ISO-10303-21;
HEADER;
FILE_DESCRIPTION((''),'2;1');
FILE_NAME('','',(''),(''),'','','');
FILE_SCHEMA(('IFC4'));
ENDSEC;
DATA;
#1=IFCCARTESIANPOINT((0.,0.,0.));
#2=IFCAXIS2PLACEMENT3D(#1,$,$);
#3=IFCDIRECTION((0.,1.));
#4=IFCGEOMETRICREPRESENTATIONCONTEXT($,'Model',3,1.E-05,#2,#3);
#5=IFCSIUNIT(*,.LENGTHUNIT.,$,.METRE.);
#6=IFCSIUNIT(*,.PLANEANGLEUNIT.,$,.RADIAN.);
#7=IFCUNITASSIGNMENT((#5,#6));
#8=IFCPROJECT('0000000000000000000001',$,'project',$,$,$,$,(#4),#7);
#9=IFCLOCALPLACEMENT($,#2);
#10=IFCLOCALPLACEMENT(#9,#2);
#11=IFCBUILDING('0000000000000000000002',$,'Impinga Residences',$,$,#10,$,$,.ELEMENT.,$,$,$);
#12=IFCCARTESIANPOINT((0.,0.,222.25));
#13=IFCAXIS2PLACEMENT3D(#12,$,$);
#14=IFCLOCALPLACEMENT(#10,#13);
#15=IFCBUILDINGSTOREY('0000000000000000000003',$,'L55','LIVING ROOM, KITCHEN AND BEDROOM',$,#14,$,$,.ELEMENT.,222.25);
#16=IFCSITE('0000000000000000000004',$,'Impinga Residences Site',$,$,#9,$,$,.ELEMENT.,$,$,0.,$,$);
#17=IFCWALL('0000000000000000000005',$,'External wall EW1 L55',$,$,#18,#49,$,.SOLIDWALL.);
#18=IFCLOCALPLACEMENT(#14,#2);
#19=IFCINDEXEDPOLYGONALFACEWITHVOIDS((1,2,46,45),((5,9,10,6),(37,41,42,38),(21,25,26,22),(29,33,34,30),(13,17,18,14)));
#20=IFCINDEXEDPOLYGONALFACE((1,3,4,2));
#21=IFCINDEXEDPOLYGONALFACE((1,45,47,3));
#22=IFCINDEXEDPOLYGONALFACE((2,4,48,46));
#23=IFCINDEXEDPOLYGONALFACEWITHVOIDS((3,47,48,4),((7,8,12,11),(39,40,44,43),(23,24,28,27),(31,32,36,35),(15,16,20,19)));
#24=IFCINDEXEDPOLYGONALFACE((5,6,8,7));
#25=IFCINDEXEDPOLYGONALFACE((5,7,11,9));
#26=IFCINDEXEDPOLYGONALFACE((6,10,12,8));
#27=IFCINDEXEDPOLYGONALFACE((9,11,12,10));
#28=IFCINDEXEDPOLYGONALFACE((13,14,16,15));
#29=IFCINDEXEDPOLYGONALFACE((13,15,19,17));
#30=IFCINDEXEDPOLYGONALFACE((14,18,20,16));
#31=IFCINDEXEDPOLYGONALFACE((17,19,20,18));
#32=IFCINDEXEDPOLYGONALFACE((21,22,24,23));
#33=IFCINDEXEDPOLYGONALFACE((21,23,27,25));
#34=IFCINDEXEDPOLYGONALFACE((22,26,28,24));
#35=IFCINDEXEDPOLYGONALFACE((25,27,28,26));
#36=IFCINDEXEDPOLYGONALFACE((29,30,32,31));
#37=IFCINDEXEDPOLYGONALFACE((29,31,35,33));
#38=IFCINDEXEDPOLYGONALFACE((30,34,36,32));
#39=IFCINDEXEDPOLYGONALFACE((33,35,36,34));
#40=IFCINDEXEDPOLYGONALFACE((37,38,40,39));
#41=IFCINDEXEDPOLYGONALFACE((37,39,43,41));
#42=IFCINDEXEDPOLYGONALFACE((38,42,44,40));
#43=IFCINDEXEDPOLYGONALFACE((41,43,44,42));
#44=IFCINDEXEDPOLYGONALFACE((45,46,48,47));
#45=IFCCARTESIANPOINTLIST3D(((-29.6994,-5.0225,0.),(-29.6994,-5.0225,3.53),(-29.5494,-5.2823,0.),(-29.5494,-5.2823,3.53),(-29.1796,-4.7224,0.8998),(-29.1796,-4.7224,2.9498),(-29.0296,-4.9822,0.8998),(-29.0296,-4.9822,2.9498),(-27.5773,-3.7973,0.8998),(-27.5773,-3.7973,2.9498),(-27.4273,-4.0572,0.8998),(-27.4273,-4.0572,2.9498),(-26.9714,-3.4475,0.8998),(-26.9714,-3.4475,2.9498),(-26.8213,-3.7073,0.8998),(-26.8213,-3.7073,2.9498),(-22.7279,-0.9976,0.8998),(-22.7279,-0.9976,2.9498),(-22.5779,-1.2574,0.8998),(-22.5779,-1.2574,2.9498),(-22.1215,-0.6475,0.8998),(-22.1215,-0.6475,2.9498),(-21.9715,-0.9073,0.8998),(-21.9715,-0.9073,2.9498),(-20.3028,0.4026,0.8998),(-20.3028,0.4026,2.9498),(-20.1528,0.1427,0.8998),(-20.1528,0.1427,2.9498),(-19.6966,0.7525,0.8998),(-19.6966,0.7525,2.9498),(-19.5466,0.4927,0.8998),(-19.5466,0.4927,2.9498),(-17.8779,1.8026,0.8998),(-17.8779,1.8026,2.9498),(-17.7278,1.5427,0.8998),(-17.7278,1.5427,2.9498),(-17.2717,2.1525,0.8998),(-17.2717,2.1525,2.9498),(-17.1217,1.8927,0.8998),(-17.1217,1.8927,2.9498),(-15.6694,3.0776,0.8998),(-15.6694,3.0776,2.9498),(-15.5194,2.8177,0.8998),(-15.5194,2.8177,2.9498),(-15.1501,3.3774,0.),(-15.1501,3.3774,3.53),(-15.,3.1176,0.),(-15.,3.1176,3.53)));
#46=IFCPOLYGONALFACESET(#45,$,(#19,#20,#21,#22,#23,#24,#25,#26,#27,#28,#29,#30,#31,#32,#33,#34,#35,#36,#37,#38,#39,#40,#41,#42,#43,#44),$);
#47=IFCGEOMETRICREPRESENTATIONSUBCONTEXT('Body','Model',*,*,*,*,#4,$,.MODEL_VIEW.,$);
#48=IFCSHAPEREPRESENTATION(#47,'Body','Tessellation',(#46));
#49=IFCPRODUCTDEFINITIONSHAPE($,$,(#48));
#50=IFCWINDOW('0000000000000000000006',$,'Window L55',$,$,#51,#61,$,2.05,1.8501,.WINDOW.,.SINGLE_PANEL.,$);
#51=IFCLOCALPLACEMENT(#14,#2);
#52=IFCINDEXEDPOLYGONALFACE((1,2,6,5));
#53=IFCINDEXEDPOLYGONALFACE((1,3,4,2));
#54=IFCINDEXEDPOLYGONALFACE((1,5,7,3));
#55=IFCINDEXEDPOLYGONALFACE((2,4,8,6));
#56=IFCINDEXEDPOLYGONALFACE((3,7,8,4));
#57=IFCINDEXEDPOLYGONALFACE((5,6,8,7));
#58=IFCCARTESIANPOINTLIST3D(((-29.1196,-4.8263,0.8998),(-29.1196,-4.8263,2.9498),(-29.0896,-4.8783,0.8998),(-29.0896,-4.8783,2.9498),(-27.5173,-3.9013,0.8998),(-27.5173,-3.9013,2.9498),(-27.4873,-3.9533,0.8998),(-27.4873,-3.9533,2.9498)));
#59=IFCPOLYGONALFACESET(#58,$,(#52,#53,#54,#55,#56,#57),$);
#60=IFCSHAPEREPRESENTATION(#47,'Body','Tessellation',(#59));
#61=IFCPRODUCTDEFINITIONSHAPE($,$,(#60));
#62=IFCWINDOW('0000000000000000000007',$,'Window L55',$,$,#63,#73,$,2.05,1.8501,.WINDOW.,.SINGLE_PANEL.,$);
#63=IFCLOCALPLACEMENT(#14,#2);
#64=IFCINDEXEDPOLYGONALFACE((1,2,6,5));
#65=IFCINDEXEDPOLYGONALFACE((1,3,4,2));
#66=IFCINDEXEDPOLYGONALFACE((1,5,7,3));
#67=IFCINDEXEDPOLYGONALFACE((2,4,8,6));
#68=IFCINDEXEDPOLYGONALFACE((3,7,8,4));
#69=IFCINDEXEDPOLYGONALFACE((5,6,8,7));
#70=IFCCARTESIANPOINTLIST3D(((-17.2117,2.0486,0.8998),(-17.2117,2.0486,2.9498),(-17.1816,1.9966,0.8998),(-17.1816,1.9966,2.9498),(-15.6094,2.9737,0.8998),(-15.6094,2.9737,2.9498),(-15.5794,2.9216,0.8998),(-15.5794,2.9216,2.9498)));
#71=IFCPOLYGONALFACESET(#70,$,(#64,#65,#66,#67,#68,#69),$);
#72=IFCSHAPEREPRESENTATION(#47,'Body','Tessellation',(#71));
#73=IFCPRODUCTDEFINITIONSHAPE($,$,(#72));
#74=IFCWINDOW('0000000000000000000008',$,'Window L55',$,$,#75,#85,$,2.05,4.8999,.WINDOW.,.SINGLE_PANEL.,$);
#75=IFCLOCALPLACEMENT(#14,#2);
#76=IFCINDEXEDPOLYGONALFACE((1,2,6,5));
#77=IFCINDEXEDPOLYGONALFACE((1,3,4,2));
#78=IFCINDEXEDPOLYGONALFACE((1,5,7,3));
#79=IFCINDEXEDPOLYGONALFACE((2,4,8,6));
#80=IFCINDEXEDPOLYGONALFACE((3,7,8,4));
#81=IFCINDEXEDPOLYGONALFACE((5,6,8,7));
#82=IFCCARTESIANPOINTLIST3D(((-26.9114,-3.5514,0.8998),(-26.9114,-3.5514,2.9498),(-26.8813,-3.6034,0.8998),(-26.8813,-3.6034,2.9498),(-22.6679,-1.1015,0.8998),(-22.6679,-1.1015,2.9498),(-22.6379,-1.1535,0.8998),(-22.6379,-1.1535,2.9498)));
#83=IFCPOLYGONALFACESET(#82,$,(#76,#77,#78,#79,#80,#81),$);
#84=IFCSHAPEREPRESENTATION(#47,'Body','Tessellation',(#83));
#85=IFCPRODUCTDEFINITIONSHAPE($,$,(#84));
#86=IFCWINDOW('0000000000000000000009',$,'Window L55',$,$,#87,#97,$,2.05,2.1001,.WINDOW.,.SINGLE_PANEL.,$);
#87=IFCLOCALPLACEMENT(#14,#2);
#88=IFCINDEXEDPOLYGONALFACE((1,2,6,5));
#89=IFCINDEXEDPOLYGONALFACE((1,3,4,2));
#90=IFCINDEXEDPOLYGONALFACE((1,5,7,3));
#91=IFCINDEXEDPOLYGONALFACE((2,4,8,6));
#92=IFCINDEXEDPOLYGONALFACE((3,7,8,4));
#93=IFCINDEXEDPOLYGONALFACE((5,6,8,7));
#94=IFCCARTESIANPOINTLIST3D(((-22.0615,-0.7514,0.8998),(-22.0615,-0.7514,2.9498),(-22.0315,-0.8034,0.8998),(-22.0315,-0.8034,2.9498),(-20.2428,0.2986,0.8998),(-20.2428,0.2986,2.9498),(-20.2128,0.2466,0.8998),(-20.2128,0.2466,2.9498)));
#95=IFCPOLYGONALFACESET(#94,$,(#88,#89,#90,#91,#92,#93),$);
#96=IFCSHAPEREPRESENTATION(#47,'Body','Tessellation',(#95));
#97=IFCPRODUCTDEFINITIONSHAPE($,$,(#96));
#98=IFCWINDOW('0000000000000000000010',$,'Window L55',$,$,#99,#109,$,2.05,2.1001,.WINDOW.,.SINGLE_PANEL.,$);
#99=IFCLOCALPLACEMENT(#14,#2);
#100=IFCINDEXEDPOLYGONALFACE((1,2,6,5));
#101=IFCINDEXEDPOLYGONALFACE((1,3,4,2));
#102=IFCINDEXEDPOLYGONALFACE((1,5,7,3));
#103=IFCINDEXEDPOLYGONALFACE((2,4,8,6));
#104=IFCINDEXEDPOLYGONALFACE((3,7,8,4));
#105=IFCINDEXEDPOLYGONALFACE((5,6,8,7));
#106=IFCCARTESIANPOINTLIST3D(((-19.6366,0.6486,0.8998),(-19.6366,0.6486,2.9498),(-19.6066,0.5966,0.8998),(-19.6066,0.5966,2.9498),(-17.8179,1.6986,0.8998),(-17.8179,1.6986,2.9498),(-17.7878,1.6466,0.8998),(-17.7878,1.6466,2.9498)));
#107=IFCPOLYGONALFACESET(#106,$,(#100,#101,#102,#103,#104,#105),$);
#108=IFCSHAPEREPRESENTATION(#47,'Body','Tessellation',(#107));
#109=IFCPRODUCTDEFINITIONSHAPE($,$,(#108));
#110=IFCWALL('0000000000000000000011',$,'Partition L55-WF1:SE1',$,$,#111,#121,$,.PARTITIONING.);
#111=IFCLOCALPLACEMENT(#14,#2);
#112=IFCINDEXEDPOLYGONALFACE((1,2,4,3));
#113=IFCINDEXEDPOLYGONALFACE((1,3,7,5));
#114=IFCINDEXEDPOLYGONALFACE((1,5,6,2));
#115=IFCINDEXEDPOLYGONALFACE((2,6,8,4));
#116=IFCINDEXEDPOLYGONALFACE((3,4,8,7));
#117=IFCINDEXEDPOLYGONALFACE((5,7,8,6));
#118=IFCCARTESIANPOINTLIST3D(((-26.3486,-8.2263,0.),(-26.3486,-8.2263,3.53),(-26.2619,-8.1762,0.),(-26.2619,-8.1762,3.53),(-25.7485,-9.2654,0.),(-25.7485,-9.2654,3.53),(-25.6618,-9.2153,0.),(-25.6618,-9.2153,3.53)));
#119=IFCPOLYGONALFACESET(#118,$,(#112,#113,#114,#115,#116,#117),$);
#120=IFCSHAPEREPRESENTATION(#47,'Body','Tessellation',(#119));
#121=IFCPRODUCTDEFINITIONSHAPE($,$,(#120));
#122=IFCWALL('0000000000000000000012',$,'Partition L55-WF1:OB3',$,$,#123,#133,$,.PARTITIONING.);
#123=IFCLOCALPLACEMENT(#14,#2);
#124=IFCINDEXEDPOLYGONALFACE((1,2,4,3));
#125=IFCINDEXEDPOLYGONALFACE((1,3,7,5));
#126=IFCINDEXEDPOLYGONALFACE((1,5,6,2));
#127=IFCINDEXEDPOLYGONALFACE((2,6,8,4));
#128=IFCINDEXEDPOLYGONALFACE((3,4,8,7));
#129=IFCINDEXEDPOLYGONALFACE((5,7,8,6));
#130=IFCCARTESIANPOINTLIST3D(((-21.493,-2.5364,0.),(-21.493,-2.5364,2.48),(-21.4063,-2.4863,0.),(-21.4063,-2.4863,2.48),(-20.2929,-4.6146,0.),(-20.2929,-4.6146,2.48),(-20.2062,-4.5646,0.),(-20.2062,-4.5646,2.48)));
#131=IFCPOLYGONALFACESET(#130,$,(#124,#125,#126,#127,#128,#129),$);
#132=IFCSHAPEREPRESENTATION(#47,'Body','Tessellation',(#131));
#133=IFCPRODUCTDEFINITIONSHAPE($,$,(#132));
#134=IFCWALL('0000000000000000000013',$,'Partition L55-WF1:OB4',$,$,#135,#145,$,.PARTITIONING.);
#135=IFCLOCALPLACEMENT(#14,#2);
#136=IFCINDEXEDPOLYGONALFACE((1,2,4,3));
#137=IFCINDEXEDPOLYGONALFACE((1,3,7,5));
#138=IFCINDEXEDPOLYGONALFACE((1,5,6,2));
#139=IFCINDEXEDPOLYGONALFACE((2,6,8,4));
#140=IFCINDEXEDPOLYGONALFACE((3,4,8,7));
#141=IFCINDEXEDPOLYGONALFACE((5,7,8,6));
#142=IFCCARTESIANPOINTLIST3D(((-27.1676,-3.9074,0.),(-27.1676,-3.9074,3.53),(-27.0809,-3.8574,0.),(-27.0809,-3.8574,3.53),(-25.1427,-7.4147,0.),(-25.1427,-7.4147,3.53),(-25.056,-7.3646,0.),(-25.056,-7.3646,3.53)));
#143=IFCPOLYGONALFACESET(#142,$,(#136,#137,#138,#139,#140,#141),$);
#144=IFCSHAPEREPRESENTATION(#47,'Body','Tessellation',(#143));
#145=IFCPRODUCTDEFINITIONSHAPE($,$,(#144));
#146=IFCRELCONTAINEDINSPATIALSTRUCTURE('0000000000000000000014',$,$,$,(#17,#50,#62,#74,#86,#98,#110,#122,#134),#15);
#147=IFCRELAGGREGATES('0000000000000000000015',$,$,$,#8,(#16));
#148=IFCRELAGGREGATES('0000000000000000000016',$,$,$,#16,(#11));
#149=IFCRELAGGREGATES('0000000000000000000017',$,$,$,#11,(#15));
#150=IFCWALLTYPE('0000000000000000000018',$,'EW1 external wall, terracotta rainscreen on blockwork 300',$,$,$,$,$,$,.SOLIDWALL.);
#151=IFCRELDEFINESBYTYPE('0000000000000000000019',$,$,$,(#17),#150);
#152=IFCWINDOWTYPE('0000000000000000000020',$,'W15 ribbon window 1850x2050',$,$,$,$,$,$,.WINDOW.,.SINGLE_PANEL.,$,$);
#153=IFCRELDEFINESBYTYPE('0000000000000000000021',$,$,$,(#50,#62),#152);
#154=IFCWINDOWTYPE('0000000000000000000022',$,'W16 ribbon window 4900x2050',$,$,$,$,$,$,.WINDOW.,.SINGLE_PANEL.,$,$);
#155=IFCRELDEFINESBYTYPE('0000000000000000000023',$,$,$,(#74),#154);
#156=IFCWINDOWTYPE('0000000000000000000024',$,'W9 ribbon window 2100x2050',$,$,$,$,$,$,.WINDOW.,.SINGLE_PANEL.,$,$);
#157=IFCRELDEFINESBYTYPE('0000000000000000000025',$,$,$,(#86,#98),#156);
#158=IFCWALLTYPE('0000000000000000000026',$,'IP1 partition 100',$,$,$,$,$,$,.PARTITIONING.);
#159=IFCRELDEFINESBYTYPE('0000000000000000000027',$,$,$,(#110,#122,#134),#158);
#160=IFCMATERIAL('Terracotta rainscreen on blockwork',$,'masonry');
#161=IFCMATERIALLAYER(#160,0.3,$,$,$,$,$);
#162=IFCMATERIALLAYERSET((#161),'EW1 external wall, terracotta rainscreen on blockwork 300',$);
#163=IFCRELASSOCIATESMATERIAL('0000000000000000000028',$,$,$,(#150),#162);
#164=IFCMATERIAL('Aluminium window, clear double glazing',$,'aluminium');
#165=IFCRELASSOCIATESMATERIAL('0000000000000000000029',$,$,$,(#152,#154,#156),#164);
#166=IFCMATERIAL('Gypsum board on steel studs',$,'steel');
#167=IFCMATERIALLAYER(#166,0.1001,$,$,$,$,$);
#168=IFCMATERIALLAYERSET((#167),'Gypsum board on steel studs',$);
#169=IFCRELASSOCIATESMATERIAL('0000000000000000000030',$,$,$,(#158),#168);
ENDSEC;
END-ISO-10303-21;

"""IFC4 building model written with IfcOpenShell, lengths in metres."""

from ifc_helpers import new_model, si_unit, direction, frame, frame_2d, origin, place, context, subcontext, project, spatial, rectangle, extrude, material, layer, layer_set, type_object, element, fill, save


model = new_model("IFC4")

# Units and contexts
model_context = context("Model", 3, precision=1e-05, world=origin(), true_north=direction((0.0, 1.0)))
body_context = subcontext(model_context, "Body", "Model", "MODEL_VIEW")
ifc_project = project(units=[si_unit("LENGTHUNIT", "METRE"), si_unit("PLANEANGLEUNIT", "RADIAN")], contexts=[model_context])

# Site, building, storey
site_placement = place(None, origin())
site = spatial("IfcSite", under=ifc_project, at=site_placement, Name="Impinga Residences Site", CompositionType="ELEMENT", RefElevation=0.0)
building_placement = place(site_placement, origin())
building = spatial("IfcBuilding", under=site, at=building_placement, Name="Impinga Residences", CompositionType="ELEMENT")
storey_placement = place(building_placement, frame((0.0, 0.0, 222.25)))
storey = spatial("IfcBuildingStorey", under=building, at=storey_placement, Name="L55", Description="LIVING ROOM, KITCHEN AND BEDROOM", CompositionType="ELEMENT", Elevation=222.25)

# Shared definitions
ifc_material_1 = material(Name="Terracotta rainscreen on blockwork", Category="masonry")
ifc_layer_1 = layer(ifc_material_1, 0.3)
ifc_layer_set_1 = layer_set([ifc_layer_1], Name="EW1 external wall, terracotta rainscreen on blockwork 300")
wall_type_1 = type_object("IfcWallType", Name="EW1 external wall, terracotta rainscreen on blockwork 300", PredefinedType="SOLIDWALL", material=ifc_layer_set_1)

# Wall, openings, windows
wall_1_placement = place(storey_placement, frame((-29.6243, -5.1523, 0.0), z_axis=(0.0, 0.0, 1.0), x_axis=(0.866029, 0.499993, 0.0)))
wall_1 = element("IfcWall", 1, at=wall_1_placement, inside=storey, type_object=wall_type_1, Name="External wall EW1 L55", PredefinedType="SOLIDWALL", context=body_context, shape_type="SweptSolid", body=[
    extrude(rectangle(XDim=16.8, YDim=0.3, at=frame_2d((8.3999, 0.0))), origin(), (0.0, 0.0, 1.0), 3.53),
])
opening_1_placement = place(wall_1_placement, frame((0.6001, 0.0, 0.8999)))
opening_1 = element("IfcOpeningElement", 2, at=opening_1_placement, cuts=wall_1, PredefinedType="OPENING", context=body_context, shape_type="SweptSolid", body=[
    extrude(rectangle(XDim=1.8501, YDim=2.05, at=frame_2d((0.925, 1.0249))), frame((0.0, 0.1599, 0.0), z_axis=(0.0, -1.0, 0.0), x_axis=(1.0, 0.0, 0.0)), (0.0, 0.0, 1.0), 0.3201),
])
opening_2_placement = place(wall_1_placement, frame((3.1499, 0.0, 0.8999)))
opening_2 = element("IfcOpeningElement", 3, at=opening_2_placement, cuts=wall_1, PredefinedType="OPENING", context=body_context, shape_type="SweptSolid", body=[
    extrude(rectangle(XDim=4.8999, YDim=2.05, at=frame_2d((2.45, 1.0249))), frame((0.0, 0.1599, 0.0), z_axis=(0.0, -1.0, 0.0), x_axis=(1.0, 0.0, 0.0)), (0.0, 0.0, 1.0), 0.3201),
])
opening_3_placement = place(wall_1_placement, frame((8.75, 0.0, 0.8999)))
opening_3 = element("IfcOpeningElement", 4, at=opening_3_placement, cuts=wall_1, PredefinedType="OPENING", context=body_context, shape_type="SweptSolid", body=[
    extrude(rectangle(XDim=2.1001, YDim=2.05, at=frame_2d((1.05, 1.0249))), frame((0.0, 0.1599, 0.0), z_axis=(0.0, -1.0, 0.0), x_axis=(1.0, 0.0, 0.0)), (0.0, 0.0, 1.0), 0.3201),
])
opening_4_placement = place(wall_1_placement, frame((11.55, 0.0, 0.8999)))
opening_4 = element("IfcOpeningElement", 5, at=opening_4_placement, cuts=wall_1, PredefinedType="OPENING", context=body_context, shape_type="SweptSolid", body=[
    extrude(rectangle(XDim=2.1001, YDim=2.05, at=frame_2d((1.05, 1.0249))), frame((0.0, 0.1599, 0.0), z_axis=(0.0, -1.0, 0.0), x_axis=(1.0, 0.0, 0.0)), (0.0, 0.0, 1.0), 0.3201),
])
opening_5_placement = place(wall_1_placement, frame((14.3501, 0.0, 0.8999)))
opening_5 = element("IfcOpeningElement", 6, at=opening_5_placement, cuts=wall_1, PredefinedType="OPENING", context=body_context, shape_type="SweptSolid", body=[
    extrude(rectangle(XDim=1.8501, YDim=2.05, at=frame_2d((0.925, 1.0249))), frame((0.0, 0.1599, 0.0), z_axis=(0.0, -1.0, 0.0), x_axis=(1.0, 0.0, 0.0)), (0.0, 0.0, 1.0), 0.3201),
])
ifc_material_2 = material(Name="Aluminium window, clear double glazing", Category="aluminium")
window_type_1 = type_object("IfcWindowType", Name="W15 ribbon window 1850x2050", PartitioningType="SINGLE_PANEL", PredefinedType="WINDOW", material=ifc_material_2)
window_1_placement = place(opening_1_placement, origin())
window_1 = element("IfcWindow", 7, at=window_1_placement, inside=storey, type_object=window_type_1, Name="Window L55", OverallHeight=2.05, OverallWidth=1.8501, PartitioningType="SINGLE_PANEL", PredefinedType="WINDOW", context=body_context, shape_type="SweptSolid", body=[
    extrude(rectangle(XDim=1.8501, YDim=2.05, at=frame_2d((0.925, 1.0249))), frame((0.0, 0.03, 0.0), z_axis=(0.0, -1.0, 0.0), x_axis=(1.0, 0.0, 0.0)), (0.0, 0.0, 1.0), 0.0601),
])
fill(opening_1, window_1)
window_2_placement = place(opening_5_placement, origin())
window_2 = element("IfcWindow", 8, at=window_2_placement, inside=storey, type_object=window_type_1, Name="Window L55", OverallHeight=2.05, OverallWidth=1.8501, PartitioningType="SINGLE_PANEL", PredefinedType="WINDOW", context=body_context, shape_type="SweptSolid", body=[
    extrude(rectangle(XDim=1.8501, YDim=2.05, at=frame_2d((0.925, 1.0249))), frame((0.0, 0.03, 0.0), z_axis=(0.0, -1.0, 0.0), x_axis=(1.0, 0.0, 0.0)), (0.0, 0.0, 1.0), 0.0601),
])
fill(opening_5, window_2)
window_type_2 = type_object("IfcWindowType", Name="W16 ribbon window 4900x2050", PartitioningType="SINGLE_PANEL", PredefinedType="WINDOW", material=ifc_material_2)
window_3_placement = place(opening_2_placement, origin())
window_3 = element("IfcWindow", 9, at=window_3_placement, inside=storey, type_object=window_type_2, Name="Window L55", OverallHeight=2.05, OverallWidth=4.8999, PartitioningType="SINGLE_PANEL", PredefinedType="WINDOW", context=body_context, shape_type="SweptSolid", body=[
    extrude(rectangle(XDim=4.8999, YDim=2.05, at=frame_2d((2.45, 1.0249))), frame((0.0, 0.03, 0.0), z_axis=(0.0, -1.0, 0.0), x_axis=(1.0, 0.0, 0.0)), (0.0, 0.0, 1.0), 0.0601),
])
fill(opening_2, window_3)
window_type_3 = type_object("IfcWindowType", Name="W9 ribbon window 2100x2050", PartitioningType="SINGLE_PANEL", PredefinedType="WINDOW", material=ifc_material_2)
window_4_placement = place(opening_3_placement, origin())
window_4 = element("IfcWindow", 10, at=window_4_placement, inside=storey, type_object=window_type_3, Name="Window L55", OverallHeight=2.05, OverallWidth=2.1001, PartitioningType="SINGLE_PANEL", PredefinedType="WINDOW", context=body_context, shape_type="SweptSolid", body=[
    extrude(rectangle(XDim=2.1001, YDim=2.05, at=frame_2d((1.05, 1.0249))), frame((0.0, 0.03, 0.0), z_axis=(0.0, -1.0, 0.0), x_axis=(1.0, 0.0, 0.0)), (0.0, 0.0, 1.0), 0.0601),
])
fill(opening_3, window_4)
window_5_placement = place(opening_4_placement, origin())
window_5 = element("IfcWindow", 11, at=window_5_placement, inside=storey, type_object=window_type_3, Name="Window L55", OverallHeight=2.05, OverallWidth=2.1001, PartitioningType="SINGLE_PANEL", PredefinedType="WINDOW", context=body_context, shape_type="SweptSolid", body=[
    extrude(rectangle(XDim=2.1001, YDim=2.05, at=frame_2d((1.05, 1.0249))), frame((0.0, 0.03, 0.0), z_axis=(0.0, -1.0, 0.0), x_axis=(1.0, 0.0, 0.0)), (0.0, 0.0, 1.0), 0.0601),
])
fill(opening_4, window_5)

# Walls
ifc_material_3 = material(Name="Gypsum board on steel studs", Category="steel")
ifc_layer_2 = layer(ifc_material_3, 0.1001)
ifc_layer_set_2 = layer_set([ifc_layer_2], Name="Gypsum board on steel studs")
wall_type_2 = type_object("IfcWallType", Name="IP1 partition 100", PredefinedType="PARTITIONING", material=ifc_layer_set_2)
wall_2_placement = place(storey_placement, frame((-25.7051, -9.2405, 0.0), z_axis=(0.0, 0.0, 1.0), x_axis=(-0.500122, 0.865955, 0.0)))
element("IfcWall", 12, at=wall_2_placement, inside=storey, type_object=wall_type_2, Name="Partition L55-WF1:SE1", PredefinedType="PARTITIONING", context=body_context, shape_type="SweptSolid", body=[
    extrude(rectangle(XDim=1.2, YDim=0.1001, at=frame_2d((0.6001, 0.0))), origin(), (0.0, 0.0, 1.0), 3.53),
])
wall_3_placement = place(storey_placement, frame((-20.2495, -4.5896, 0.0), z_axis=(0.0, 0.0, 1.0), x_axis=(-0.500078, 0.865981, 0.0)))
element("IfcWall", 13, at=wall_3_placement, inside=storey, type_object=wall_type_2, Name="Partition L55-WF1:OB3", PredefinedType="PARTITIONING", context=body_context, shape_type="SweptSolid", body=[
    extrude(rectangle(XDim=2.3999, YDim=0.1001, at=frame_2d((1.2, 0.0))), origin(), (0.0, 0.0, 1.0), 2.48),
])
wall_4_placement = place(storey_placement, frame((-25.0994, -7.3896, 0.0), z_axis=(0.0, 0.0, 1.0), x_axis=(-0.49999, 0.866031, 0.0)))
element("IfcWall", 14, at=wall_4_placement, inside=storey, type_object=wall_type_2, Name="Partition L55-WF1:OB4", PredefinedType="PARTITIONING", context=body_context, shape_type="SweptSolid", body=[
    extrude(rectangle(XDim=4.0498, YDim=0.1001, at=frame_2d((2.0249, 0.0))), origin(), (0.0, 0.0, 1.0), 3.53),
])

save(model, "model.ifc")
